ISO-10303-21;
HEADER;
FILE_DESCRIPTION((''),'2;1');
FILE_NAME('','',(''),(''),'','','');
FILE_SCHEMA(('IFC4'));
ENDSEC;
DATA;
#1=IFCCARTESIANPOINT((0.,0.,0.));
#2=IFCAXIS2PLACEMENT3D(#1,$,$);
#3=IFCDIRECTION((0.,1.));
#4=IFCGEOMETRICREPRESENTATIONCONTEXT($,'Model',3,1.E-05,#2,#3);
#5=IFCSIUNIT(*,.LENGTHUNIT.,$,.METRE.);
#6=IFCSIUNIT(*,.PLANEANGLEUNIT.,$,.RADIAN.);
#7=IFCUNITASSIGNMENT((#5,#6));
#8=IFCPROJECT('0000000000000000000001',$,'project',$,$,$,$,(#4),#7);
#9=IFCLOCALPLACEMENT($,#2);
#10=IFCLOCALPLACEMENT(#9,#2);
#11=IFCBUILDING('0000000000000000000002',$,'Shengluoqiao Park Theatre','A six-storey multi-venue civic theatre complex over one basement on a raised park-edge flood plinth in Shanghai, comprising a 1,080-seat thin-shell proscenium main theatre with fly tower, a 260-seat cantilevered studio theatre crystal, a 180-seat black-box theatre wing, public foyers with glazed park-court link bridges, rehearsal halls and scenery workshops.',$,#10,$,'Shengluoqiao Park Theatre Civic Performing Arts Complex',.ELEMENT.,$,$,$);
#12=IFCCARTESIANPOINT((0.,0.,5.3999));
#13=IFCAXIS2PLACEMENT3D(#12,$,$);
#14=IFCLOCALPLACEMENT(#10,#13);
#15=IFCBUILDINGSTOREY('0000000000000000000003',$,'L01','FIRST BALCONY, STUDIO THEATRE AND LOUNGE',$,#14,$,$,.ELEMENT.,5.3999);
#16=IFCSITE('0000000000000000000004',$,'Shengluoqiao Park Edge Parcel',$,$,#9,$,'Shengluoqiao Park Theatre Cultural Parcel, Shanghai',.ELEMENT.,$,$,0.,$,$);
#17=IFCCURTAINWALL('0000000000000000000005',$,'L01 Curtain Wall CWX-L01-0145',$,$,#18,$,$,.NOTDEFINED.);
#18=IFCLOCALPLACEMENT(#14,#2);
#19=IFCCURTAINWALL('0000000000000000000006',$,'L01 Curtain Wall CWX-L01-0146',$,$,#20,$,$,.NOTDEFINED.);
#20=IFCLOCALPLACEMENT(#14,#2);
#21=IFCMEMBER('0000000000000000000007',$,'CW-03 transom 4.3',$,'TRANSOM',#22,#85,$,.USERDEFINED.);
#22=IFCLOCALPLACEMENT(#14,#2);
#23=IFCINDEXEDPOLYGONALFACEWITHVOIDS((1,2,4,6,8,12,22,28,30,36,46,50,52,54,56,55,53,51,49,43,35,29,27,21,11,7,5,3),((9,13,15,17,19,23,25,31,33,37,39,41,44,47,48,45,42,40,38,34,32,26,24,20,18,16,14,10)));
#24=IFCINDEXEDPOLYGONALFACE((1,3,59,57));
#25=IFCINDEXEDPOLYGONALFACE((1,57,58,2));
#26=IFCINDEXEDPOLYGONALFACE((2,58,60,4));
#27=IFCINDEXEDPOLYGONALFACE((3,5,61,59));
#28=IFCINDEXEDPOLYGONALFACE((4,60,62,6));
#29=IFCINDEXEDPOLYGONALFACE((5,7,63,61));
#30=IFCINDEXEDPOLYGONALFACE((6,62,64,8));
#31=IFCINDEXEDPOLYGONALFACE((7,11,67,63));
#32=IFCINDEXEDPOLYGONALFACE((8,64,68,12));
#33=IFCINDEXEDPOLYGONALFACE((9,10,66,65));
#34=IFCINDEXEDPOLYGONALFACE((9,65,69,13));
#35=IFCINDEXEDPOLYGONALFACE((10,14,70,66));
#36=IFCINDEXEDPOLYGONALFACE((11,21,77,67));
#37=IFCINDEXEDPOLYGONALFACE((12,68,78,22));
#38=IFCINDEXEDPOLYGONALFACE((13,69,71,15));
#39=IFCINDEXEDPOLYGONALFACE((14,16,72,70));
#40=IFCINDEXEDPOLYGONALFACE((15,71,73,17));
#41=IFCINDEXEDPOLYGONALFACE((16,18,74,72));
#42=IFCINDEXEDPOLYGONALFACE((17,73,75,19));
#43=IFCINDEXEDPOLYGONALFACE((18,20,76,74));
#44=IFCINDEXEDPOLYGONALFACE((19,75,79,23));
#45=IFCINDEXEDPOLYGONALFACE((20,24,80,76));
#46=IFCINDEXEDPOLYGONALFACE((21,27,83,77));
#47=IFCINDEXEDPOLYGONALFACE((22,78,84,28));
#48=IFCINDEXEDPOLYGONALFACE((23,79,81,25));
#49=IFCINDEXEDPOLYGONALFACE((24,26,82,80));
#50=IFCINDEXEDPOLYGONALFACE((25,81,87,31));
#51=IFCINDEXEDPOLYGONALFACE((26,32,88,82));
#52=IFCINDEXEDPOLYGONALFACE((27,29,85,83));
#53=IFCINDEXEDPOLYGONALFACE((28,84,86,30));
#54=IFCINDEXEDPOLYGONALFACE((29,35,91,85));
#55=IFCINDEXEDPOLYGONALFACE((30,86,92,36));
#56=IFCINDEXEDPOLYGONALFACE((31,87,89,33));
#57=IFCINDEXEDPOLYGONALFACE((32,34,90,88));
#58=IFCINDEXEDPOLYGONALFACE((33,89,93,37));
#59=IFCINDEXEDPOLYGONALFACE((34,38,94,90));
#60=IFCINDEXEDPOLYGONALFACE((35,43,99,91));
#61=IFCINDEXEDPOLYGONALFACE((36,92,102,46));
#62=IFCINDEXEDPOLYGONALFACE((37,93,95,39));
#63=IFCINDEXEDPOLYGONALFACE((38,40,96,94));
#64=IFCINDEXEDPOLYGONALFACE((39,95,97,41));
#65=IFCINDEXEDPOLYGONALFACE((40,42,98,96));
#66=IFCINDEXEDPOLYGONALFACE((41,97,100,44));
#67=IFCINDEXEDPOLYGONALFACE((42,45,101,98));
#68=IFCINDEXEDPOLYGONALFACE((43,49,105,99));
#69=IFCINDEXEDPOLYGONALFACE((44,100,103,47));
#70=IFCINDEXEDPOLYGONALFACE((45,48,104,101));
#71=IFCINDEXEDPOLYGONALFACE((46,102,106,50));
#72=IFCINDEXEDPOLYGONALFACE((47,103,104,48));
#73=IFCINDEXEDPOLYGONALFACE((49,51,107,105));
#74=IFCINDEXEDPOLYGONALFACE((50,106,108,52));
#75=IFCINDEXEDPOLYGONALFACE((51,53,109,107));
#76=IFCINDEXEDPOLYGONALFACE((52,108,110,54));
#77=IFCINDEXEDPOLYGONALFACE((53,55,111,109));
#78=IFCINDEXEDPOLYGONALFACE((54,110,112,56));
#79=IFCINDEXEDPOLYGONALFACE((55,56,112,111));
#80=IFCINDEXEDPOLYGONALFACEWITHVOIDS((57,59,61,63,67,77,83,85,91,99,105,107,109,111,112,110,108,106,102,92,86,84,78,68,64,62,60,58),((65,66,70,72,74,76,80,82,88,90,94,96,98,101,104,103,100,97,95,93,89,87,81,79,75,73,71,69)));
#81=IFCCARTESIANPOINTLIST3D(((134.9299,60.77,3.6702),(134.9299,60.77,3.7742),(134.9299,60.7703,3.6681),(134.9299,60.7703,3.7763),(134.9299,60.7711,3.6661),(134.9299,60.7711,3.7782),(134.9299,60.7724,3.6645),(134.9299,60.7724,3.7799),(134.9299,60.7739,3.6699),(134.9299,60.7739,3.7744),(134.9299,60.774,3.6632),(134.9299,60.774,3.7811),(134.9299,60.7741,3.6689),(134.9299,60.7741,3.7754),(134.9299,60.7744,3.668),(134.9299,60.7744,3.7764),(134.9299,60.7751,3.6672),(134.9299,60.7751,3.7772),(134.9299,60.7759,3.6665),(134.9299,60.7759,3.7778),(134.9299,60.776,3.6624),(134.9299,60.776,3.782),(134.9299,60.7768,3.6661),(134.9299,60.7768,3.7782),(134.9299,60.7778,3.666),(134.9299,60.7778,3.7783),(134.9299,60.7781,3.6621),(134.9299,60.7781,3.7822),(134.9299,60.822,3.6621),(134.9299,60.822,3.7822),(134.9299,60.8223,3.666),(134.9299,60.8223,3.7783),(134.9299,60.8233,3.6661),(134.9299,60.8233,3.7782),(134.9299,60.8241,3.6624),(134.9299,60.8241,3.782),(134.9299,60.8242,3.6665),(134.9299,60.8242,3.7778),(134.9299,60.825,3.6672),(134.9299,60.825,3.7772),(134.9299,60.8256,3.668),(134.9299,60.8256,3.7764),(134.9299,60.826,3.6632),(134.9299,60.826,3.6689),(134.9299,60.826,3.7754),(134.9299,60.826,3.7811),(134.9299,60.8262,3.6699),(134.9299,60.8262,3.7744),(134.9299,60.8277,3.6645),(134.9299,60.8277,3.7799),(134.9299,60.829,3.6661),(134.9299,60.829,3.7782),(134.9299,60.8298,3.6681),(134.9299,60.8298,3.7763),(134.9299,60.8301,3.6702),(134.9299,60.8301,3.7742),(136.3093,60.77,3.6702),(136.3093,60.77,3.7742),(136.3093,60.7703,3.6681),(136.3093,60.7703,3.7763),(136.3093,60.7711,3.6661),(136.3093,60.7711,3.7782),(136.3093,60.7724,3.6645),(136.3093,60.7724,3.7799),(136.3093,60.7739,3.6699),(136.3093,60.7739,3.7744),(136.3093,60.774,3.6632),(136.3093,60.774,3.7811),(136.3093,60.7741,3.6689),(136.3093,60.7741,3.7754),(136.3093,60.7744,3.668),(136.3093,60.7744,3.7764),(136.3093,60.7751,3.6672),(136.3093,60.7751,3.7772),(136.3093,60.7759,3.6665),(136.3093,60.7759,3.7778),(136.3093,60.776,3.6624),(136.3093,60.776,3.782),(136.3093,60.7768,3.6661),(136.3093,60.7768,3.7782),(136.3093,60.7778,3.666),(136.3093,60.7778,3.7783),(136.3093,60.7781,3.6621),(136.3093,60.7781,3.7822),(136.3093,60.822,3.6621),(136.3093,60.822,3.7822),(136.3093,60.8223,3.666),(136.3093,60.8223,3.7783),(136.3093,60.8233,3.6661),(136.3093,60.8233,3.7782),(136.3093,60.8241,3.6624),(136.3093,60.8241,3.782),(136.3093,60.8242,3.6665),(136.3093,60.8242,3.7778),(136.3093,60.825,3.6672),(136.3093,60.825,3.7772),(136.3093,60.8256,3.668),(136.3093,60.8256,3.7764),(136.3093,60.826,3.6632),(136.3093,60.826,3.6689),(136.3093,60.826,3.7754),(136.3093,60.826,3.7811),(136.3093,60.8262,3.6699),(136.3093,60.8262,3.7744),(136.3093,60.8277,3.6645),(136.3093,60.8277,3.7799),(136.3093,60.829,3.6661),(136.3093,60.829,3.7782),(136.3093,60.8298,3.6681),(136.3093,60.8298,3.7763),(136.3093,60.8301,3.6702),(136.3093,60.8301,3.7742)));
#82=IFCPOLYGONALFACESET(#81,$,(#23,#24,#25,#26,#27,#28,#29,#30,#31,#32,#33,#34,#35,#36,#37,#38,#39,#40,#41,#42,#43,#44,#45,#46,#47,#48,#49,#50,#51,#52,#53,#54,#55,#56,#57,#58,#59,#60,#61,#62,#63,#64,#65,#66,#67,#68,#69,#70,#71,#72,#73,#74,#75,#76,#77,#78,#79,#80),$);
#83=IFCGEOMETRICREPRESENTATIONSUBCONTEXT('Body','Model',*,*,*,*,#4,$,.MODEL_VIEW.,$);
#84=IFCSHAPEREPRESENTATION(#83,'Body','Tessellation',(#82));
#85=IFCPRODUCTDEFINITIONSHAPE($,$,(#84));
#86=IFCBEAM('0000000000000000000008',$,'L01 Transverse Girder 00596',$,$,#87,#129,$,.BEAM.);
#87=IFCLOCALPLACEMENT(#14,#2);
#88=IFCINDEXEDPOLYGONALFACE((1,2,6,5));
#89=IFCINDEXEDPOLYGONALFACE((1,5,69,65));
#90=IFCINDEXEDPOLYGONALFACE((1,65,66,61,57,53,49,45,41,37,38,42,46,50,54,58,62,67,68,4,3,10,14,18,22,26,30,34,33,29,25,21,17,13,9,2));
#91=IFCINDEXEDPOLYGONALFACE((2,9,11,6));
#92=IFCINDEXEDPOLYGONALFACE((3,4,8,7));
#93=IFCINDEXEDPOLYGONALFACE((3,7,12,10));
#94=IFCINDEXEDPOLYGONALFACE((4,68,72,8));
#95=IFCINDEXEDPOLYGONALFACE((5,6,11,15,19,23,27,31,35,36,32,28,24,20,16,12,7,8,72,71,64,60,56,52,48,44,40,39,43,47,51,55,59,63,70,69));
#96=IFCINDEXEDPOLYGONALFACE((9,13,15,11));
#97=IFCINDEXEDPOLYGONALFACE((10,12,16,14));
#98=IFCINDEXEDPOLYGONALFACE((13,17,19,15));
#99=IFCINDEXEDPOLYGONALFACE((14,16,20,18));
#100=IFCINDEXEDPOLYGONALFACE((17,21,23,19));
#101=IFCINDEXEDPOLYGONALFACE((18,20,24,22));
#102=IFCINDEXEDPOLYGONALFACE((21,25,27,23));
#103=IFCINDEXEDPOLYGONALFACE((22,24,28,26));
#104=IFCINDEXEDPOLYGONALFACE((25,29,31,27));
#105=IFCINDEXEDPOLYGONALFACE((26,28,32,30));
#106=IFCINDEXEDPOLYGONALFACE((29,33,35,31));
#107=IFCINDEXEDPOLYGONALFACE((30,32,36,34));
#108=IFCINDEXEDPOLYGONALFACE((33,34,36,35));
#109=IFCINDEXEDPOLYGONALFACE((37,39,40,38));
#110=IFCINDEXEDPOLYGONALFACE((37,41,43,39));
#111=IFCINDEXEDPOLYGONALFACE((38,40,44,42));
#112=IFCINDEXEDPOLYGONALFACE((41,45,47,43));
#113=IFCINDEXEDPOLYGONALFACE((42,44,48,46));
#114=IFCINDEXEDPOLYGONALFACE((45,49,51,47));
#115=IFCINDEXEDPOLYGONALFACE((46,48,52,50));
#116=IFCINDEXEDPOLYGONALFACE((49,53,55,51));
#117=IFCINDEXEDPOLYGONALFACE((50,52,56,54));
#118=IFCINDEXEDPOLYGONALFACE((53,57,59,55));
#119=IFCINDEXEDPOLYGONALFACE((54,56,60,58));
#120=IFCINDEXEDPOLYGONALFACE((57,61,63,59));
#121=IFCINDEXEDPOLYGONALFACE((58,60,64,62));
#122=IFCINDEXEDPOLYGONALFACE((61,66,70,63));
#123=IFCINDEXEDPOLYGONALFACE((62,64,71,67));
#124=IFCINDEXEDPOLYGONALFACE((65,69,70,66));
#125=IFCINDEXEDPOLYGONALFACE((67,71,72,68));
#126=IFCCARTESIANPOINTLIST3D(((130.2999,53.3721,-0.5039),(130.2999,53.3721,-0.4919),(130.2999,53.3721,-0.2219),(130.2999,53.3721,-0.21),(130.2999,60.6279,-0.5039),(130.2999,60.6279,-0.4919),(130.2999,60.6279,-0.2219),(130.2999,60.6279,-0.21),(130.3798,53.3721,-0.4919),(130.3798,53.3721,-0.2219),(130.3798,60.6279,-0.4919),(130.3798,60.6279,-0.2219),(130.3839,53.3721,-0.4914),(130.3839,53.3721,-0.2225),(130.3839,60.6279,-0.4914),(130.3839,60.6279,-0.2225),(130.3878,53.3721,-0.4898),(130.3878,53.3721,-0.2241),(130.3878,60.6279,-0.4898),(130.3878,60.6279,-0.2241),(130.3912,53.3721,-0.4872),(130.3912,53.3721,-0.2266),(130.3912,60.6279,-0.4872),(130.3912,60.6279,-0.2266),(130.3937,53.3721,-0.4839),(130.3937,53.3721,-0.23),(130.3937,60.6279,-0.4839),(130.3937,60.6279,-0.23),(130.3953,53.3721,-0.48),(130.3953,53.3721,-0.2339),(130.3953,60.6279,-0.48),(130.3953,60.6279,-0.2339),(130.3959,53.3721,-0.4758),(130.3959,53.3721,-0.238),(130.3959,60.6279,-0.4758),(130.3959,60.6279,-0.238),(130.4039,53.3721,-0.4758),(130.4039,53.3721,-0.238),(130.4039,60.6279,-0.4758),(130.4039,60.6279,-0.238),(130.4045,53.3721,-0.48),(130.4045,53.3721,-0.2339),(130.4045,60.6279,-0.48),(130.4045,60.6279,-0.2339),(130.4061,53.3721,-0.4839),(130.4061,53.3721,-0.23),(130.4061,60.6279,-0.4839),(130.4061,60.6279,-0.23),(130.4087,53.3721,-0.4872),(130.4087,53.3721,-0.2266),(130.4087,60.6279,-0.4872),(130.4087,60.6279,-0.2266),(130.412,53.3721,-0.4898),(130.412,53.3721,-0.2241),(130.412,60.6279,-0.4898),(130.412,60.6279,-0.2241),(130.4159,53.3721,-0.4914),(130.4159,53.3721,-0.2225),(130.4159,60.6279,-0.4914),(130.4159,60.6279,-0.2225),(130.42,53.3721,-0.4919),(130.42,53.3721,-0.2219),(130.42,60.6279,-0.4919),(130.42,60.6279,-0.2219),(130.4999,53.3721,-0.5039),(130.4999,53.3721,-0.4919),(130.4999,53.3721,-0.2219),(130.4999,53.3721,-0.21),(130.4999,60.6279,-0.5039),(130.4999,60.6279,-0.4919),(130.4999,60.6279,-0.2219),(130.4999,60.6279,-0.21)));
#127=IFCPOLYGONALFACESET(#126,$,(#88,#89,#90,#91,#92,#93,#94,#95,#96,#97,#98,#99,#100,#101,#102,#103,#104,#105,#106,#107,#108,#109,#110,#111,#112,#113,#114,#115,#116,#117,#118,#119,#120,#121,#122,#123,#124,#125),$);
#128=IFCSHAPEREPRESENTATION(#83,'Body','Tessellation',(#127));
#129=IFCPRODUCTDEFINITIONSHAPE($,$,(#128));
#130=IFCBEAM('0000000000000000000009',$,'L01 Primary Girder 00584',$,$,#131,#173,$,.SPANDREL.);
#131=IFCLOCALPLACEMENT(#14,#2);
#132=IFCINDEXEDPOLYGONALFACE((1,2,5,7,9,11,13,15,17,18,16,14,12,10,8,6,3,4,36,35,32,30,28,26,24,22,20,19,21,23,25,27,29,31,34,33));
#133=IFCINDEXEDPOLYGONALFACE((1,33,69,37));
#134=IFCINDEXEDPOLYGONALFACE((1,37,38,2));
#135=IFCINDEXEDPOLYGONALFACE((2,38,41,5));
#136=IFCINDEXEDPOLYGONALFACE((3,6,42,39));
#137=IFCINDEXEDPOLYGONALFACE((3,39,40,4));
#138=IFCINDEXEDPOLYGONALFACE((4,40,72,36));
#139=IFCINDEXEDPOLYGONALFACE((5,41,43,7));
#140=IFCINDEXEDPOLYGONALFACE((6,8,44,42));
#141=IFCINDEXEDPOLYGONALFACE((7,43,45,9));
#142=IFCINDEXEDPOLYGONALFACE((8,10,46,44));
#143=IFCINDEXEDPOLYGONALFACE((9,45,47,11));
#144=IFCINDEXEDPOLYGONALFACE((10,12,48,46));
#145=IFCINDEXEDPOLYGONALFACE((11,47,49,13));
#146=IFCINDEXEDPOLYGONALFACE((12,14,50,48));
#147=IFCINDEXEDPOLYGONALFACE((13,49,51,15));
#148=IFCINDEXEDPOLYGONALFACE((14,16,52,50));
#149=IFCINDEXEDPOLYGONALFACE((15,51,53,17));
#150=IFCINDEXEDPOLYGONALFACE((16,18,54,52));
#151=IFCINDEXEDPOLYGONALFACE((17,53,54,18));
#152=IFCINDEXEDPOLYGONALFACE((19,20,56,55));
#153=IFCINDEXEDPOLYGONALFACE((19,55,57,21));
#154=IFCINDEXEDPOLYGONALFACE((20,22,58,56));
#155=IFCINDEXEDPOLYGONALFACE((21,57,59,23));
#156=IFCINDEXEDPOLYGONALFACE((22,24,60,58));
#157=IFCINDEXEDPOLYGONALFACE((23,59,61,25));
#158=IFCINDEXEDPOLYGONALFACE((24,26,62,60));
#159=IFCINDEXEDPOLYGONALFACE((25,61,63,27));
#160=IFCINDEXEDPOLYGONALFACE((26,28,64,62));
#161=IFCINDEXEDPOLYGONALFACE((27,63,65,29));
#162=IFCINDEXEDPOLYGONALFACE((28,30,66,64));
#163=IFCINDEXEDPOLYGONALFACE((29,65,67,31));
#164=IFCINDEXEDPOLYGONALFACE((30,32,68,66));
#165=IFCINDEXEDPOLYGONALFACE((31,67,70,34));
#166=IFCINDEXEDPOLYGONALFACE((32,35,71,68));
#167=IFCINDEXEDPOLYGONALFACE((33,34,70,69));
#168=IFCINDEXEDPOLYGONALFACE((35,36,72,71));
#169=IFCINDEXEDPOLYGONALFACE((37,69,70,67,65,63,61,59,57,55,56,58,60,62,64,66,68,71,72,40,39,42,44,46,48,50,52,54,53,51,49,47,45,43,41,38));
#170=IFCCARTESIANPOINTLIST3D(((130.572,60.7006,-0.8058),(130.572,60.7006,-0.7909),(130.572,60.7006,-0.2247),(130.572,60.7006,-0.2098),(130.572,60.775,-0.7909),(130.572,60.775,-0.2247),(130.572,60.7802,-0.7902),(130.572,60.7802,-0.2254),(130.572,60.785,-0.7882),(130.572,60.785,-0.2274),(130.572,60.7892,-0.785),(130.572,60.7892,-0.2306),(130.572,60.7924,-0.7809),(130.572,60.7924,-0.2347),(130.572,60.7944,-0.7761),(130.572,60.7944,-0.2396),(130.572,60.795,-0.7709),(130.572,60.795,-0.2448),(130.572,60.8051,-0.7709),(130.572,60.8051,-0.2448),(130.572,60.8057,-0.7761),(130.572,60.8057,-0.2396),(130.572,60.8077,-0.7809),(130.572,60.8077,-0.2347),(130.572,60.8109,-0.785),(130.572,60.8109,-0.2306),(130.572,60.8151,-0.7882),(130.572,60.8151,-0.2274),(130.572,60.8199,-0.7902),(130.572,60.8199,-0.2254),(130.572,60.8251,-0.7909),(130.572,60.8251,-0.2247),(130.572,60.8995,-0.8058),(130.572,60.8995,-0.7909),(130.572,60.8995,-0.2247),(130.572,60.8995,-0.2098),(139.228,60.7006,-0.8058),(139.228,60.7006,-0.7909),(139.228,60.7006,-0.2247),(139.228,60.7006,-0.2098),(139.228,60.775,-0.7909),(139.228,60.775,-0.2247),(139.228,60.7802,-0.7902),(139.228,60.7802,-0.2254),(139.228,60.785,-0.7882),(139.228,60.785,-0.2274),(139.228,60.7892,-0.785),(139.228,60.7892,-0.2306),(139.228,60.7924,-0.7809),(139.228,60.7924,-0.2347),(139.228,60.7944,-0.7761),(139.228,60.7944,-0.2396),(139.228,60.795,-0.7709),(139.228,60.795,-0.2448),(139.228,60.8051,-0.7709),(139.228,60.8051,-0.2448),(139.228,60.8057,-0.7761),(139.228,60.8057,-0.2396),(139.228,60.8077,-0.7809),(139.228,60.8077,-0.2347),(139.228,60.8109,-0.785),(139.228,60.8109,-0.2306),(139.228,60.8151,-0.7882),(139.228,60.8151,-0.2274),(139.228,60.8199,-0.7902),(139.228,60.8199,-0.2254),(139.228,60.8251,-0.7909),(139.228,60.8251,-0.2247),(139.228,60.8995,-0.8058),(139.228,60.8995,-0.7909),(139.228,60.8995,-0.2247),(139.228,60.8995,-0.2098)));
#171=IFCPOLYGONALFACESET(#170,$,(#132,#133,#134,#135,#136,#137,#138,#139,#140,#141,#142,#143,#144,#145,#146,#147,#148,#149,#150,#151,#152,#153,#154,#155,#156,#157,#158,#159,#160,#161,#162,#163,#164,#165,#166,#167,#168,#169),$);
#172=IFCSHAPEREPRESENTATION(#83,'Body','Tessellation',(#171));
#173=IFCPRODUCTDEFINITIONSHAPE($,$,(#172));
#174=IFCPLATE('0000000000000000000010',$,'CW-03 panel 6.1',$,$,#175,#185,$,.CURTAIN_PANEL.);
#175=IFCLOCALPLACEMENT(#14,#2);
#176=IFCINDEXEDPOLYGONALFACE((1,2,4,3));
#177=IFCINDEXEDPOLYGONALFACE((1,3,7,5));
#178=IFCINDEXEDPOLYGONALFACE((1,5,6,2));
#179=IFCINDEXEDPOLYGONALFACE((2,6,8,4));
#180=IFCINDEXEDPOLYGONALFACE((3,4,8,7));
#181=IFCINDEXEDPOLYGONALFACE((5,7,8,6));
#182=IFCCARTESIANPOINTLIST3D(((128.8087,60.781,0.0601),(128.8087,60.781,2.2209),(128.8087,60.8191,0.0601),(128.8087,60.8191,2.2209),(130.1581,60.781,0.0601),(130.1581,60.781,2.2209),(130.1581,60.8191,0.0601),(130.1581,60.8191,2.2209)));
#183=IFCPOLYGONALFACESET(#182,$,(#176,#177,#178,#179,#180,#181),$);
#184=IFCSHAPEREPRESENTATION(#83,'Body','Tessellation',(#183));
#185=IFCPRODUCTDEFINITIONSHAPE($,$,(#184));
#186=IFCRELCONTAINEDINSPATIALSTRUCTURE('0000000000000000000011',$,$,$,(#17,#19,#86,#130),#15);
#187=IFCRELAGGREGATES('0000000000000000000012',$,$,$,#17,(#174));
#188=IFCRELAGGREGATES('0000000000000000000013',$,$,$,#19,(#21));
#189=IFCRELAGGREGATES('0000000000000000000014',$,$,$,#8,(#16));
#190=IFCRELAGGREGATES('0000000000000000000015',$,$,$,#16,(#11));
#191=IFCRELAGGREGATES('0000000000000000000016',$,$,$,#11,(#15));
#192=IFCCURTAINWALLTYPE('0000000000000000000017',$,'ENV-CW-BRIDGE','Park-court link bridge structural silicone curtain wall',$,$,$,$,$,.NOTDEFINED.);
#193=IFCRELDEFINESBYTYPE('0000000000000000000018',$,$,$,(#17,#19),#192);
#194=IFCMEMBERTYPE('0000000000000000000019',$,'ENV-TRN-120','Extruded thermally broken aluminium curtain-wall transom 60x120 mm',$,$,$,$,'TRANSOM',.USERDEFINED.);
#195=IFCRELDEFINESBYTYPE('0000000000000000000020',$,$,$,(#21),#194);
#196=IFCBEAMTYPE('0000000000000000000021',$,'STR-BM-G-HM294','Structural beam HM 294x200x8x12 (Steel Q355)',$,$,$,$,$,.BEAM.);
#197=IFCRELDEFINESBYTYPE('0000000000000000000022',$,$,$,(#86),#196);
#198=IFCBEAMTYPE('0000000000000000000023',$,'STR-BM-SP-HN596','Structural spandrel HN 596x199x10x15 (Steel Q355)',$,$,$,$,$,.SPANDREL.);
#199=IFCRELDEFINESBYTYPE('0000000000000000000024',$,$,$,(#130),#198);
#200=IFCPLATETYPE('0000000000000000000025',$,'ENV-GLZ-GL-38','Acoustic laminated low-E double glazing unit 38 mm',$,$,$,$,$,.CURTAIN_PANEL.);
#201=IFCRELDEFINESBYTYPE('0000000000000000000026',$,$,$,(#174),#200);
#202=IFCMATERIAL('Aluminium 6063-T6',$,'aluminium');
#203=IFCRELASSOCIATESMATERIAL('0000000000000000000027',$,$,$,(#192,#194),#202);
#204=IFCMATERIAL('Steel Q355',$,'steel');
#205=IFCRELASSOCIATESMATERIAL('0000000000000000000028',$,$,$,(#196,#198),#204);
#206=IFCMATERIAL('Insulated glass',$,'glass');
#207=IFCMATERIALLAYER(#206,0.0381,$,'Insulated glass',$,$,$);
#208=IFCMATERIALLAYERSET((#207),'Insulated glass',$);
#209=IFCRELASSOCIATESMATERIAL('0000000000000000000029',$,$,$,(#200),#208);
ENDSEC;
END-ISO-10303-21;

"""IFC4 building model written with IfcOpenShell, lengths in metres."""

from ifc_helpers import new_model, si_unit, direction, frame, origin, origin_2d, place, context, subcontext, project, spatial, rectangle, hollow_rectangle, i_section, extrude, material, layer, layer_set, material_profile, profile_set, type_object, element, aggregate, save


model = new_model("IFC4")

# Units and contexts
model_context = context("Model", 3, precision=1e-05, world=origin(), true_north=direction((0.0, 1.0)))
body_context = subcontext(model_context, "Body", "Model", "MODEL_VIEW")
ifc_project = project(units=[si_unit("LENGTHUNIT", "METRE"), si_unit("PLANEANGLEUNIT", "RADIAN")], contexts=[model_context])

# Site, building, storey
site_placement = place(None, origin())
site = spatial("IfcSite", under=ifc_project, at=site_placement, Name="Shengluoqiao Park Edge Parcel", LongName="Shengluoqiao Park Theatre Cultural Parcel, Shanghai", CompositionType="ELEMENT", RefElevation=0.0)
building_placement = place(site_placement, origin())
building = spatial("IfcBuilding", under=site, at=building_placement, Name="Shengluoqiao Park Theatre", Description="A six-storey multi-venue civic theatre complex over one basement on a raised park-edge flood plinth in Shanghai, comprising a 1,080-seat thin-shell proscenium main theatre with fly tower, a 260-seat cantilevered studio theatre crystal, a 180-seat black-box theatre wing, public foyers with glazed park-court link bridges, rehearsal halls and scenery workshops.", LongName="Shengluoqiao Park Theatre Civic Performing Arts Complex", CompositionType="ELEMENT")
storey_placement = place(building_placement, frame((0.0, 0.0, 5.3999)))
storey = spatial("IfcBuildingStorey", under=building, at=storey_placement, Name="L01", Description="FIRST BALCONY, STUDIO THEATRE AND LOUNGE", CompositionType="ELEMENT", Elevation=5.3999)

# Shared definitions
ifc_material_1 = material(Name="Steel Q355", Category="steel")

# Curtain wall
ifc_material_2 = material(Name="Aluminium 6063-T6", Category="aluminium")
curtain_wall_type = type_object("IfcCurtainWallType", Name="ENV-CW-BRIDGE", Description="Park-court link bridge structural silicone curtain wall", PredefinedType="NOTDEFINED", material=ifc_material_2)
curtain_wall_1_placement = place(storey_placement, origin())
curtain_wall_1 = element("IfcCurtainWall", 1, at=curtain_wall_1_placement, inside=storey, type_object=curtain_wall_type, Name="L01 Curtain Wall CWX-L01-0145", PredefinedType="NOTDEFINED")

# Curtain wall
curtain_wall_2_placement = place(storey_placement, origin())
curtain_wall_2 = element("IfcCurtainWall", 2, at=curtain_wall_2_placement, inside=storey, type_object=curtain_wall_type, Name="L01 Curtain Wall CWX-L01-0146", PredefinedType="NOTDEFINED")

# Member
ifc_material_profile_1 = material_profile(ifc_material_2, hollow_rectangle(XDim=0.0601, YDim=0.1201, WallThickness=0.0039, InnerFilletRadius=0.0039, OuterFilletRadius=0.0081, at=origin_2d()), Name="ALU TRANSOM 120x60x4")
ifc_profile_set_1 = profile_set([ifc_material_profile_1], Name="Aluminium 6063-T6")
member_type_1 = type_object("IfcMemberType", Name="ENV-TRN-120", Description="Extruded thermally broken aluminium curtain-wall transom 60x120 mm", ElementType="TRANSOM", PredefinedType="USERDEFINED", material=ifc_profile_set_1)
member_1_placement = place(storey_placement, frame((134.9299, 60.8, 3.7222), z_axis=(1.0, 0.0, 0.0), x_axis=(0.0, 1.0, 0.0)))
member_1 = element("IfcMember", 3, at=member_1_placement, type_object=member_type_1, Name="CW-03 transom 4.3", ObjectType="TRANSOM", PredefinedType="USERDEFINED", context=body_context, shape_type="SweptSolid", body=[
    extrude(hollow_rectangle(XDim=0.0601, YDim=0.1201, WallThickness=0.0039, InnerFilletRadius=0.0039, OuterFilletRadius=0.0081, at=origin_2d()), origin(), (0.0, 0.0, 1.0), 1.3794),
])

# Beams
ifc_material_profile_2 = material_profile(ifc_material_1, i_section(OverallWidth=0.2, OverallDepth=0.2939, WebThickness=0.0081, FlangeThickness=0.012, FilletRadius=0.0161, at=origin_2d()), Name="HM 294x200x8x12")
ifc_profile_set_2 = profile_set([ifc_material_profile_2], Name="Steel Q355")
beam_type_1 = type_object("IfcBeamType", Name="STR-BM-G-HM294", Description="Structural beam HM 294x200x8x12 (Steel Q355)", PredefinedType="BEAM", material=ifc_profile_set_2)
beam_1_placement = place(storey_placement, frame((130.3999, 53.3721, -0.3569), z_axis=(0.0, 1.0, 0.0), x_axis=(-1.0, 0.0, 0.0)))
element("IfcBeam", 4, at=beam_1_placement, inside=storey, type_object=beam_type_1, Name="L01 Transverse Girder 00596", PredefinedType="BEAM", context=body_context, shape_type="SweptSolid", body=[
    extrude(i_section(OverallWidth=0.2, OverallDepth=0.2939, WebThickness=0.0081, FlangeThickness=0.012, FilletRadius=0.0161, at=origin_2d()), origin(), (0.0, 0.0, 1.0), 7.2559),
])
ifc_material_profile_3 = material_profile(ifc_material_1, i_section(OverallWidth=0.199, OverallDepth=0.5959, WebThickness=0.01, FlangeThickness=0.0149, FilletRadius=0.02, at=origin_2d()), Name="HN 596x199x10x15")
ifc_profile_set_3 = profile_set([ifc_material_profile_3], Name="Steel Q355")
beam_type_2 = type_object("IfcBeamType", Name="STR-BM-SP-HN596", Description="Structural spandrel HN 596x199x10x15 (Steel Q355)", PredefinedType="SPANDREL", material=ifc_profile_set_3)
beam_2_placement = place(storey_placement, frame((130.572, 60.8, -0.5078), z_axis=(1.0, 0.0, 0.0), x_axis=(0.0, 1.0, 0.0)))
element("IfcBeam", 5, at=beam_2_placement, inside=storey, type_object=beam_type_2, Name="L01 Primary Girder 00584", PredefinedType="SPANDREL", context=body_context, shape_type="SweptSolid", body=[
    extrude(i_section(OverallWidth=0.199, OverallDepth=0.5959, WebThickness=0.01, FlangeThickness=0.0149, FilletRadius=0.02, at=origin_2d()), origin(), (0.0, 0.0, 1.0), 8.656),
])

# Plate
ifc_material_3 = material(Name="Insulated glass", Category="glass")
ifc_layer_1 = layer(ifc_material_3, 0.0381, Name="Insulated glass")
ifc_layer_set_1 = layer_set([ifc_layer_1], Name="Insulated glass")
plate_type_1 = type_object("IfcPlateType", Name="ENV-GLZ-GL-38", Description="Acoustic laminated low-E double glazing unit 38 mm", PredefinedType="CURTAIN_PANEL", material=ifc_layer_set_1)
plate_1_placement = place(storey_placement, frame((129.4834, 60.8, 0.0601), z_axis=(0.0, 0.0, 1.0), x_axis=(1.0, 0.0, 0.0)))
plate_1 = element("IfcPlate", 6, at=plate_1_placement, type_object=plate_type_1, Name="CW-03 panel 6.1", PredefinedType="CURTAIN_PANEL", context=body_context, shape_type="SweptSolid", body=[
    extrude(rectangle(XDim=1.3494, YDim=0.0381, at=origin_2d()), origin(), (0.0, 0.0, 1.0), 2.1609),
])
aggregate(curtain_wall_1, [plate_1])
aggregate(curtain_wall_2, [member_1])

save(model, "model.ifc")
